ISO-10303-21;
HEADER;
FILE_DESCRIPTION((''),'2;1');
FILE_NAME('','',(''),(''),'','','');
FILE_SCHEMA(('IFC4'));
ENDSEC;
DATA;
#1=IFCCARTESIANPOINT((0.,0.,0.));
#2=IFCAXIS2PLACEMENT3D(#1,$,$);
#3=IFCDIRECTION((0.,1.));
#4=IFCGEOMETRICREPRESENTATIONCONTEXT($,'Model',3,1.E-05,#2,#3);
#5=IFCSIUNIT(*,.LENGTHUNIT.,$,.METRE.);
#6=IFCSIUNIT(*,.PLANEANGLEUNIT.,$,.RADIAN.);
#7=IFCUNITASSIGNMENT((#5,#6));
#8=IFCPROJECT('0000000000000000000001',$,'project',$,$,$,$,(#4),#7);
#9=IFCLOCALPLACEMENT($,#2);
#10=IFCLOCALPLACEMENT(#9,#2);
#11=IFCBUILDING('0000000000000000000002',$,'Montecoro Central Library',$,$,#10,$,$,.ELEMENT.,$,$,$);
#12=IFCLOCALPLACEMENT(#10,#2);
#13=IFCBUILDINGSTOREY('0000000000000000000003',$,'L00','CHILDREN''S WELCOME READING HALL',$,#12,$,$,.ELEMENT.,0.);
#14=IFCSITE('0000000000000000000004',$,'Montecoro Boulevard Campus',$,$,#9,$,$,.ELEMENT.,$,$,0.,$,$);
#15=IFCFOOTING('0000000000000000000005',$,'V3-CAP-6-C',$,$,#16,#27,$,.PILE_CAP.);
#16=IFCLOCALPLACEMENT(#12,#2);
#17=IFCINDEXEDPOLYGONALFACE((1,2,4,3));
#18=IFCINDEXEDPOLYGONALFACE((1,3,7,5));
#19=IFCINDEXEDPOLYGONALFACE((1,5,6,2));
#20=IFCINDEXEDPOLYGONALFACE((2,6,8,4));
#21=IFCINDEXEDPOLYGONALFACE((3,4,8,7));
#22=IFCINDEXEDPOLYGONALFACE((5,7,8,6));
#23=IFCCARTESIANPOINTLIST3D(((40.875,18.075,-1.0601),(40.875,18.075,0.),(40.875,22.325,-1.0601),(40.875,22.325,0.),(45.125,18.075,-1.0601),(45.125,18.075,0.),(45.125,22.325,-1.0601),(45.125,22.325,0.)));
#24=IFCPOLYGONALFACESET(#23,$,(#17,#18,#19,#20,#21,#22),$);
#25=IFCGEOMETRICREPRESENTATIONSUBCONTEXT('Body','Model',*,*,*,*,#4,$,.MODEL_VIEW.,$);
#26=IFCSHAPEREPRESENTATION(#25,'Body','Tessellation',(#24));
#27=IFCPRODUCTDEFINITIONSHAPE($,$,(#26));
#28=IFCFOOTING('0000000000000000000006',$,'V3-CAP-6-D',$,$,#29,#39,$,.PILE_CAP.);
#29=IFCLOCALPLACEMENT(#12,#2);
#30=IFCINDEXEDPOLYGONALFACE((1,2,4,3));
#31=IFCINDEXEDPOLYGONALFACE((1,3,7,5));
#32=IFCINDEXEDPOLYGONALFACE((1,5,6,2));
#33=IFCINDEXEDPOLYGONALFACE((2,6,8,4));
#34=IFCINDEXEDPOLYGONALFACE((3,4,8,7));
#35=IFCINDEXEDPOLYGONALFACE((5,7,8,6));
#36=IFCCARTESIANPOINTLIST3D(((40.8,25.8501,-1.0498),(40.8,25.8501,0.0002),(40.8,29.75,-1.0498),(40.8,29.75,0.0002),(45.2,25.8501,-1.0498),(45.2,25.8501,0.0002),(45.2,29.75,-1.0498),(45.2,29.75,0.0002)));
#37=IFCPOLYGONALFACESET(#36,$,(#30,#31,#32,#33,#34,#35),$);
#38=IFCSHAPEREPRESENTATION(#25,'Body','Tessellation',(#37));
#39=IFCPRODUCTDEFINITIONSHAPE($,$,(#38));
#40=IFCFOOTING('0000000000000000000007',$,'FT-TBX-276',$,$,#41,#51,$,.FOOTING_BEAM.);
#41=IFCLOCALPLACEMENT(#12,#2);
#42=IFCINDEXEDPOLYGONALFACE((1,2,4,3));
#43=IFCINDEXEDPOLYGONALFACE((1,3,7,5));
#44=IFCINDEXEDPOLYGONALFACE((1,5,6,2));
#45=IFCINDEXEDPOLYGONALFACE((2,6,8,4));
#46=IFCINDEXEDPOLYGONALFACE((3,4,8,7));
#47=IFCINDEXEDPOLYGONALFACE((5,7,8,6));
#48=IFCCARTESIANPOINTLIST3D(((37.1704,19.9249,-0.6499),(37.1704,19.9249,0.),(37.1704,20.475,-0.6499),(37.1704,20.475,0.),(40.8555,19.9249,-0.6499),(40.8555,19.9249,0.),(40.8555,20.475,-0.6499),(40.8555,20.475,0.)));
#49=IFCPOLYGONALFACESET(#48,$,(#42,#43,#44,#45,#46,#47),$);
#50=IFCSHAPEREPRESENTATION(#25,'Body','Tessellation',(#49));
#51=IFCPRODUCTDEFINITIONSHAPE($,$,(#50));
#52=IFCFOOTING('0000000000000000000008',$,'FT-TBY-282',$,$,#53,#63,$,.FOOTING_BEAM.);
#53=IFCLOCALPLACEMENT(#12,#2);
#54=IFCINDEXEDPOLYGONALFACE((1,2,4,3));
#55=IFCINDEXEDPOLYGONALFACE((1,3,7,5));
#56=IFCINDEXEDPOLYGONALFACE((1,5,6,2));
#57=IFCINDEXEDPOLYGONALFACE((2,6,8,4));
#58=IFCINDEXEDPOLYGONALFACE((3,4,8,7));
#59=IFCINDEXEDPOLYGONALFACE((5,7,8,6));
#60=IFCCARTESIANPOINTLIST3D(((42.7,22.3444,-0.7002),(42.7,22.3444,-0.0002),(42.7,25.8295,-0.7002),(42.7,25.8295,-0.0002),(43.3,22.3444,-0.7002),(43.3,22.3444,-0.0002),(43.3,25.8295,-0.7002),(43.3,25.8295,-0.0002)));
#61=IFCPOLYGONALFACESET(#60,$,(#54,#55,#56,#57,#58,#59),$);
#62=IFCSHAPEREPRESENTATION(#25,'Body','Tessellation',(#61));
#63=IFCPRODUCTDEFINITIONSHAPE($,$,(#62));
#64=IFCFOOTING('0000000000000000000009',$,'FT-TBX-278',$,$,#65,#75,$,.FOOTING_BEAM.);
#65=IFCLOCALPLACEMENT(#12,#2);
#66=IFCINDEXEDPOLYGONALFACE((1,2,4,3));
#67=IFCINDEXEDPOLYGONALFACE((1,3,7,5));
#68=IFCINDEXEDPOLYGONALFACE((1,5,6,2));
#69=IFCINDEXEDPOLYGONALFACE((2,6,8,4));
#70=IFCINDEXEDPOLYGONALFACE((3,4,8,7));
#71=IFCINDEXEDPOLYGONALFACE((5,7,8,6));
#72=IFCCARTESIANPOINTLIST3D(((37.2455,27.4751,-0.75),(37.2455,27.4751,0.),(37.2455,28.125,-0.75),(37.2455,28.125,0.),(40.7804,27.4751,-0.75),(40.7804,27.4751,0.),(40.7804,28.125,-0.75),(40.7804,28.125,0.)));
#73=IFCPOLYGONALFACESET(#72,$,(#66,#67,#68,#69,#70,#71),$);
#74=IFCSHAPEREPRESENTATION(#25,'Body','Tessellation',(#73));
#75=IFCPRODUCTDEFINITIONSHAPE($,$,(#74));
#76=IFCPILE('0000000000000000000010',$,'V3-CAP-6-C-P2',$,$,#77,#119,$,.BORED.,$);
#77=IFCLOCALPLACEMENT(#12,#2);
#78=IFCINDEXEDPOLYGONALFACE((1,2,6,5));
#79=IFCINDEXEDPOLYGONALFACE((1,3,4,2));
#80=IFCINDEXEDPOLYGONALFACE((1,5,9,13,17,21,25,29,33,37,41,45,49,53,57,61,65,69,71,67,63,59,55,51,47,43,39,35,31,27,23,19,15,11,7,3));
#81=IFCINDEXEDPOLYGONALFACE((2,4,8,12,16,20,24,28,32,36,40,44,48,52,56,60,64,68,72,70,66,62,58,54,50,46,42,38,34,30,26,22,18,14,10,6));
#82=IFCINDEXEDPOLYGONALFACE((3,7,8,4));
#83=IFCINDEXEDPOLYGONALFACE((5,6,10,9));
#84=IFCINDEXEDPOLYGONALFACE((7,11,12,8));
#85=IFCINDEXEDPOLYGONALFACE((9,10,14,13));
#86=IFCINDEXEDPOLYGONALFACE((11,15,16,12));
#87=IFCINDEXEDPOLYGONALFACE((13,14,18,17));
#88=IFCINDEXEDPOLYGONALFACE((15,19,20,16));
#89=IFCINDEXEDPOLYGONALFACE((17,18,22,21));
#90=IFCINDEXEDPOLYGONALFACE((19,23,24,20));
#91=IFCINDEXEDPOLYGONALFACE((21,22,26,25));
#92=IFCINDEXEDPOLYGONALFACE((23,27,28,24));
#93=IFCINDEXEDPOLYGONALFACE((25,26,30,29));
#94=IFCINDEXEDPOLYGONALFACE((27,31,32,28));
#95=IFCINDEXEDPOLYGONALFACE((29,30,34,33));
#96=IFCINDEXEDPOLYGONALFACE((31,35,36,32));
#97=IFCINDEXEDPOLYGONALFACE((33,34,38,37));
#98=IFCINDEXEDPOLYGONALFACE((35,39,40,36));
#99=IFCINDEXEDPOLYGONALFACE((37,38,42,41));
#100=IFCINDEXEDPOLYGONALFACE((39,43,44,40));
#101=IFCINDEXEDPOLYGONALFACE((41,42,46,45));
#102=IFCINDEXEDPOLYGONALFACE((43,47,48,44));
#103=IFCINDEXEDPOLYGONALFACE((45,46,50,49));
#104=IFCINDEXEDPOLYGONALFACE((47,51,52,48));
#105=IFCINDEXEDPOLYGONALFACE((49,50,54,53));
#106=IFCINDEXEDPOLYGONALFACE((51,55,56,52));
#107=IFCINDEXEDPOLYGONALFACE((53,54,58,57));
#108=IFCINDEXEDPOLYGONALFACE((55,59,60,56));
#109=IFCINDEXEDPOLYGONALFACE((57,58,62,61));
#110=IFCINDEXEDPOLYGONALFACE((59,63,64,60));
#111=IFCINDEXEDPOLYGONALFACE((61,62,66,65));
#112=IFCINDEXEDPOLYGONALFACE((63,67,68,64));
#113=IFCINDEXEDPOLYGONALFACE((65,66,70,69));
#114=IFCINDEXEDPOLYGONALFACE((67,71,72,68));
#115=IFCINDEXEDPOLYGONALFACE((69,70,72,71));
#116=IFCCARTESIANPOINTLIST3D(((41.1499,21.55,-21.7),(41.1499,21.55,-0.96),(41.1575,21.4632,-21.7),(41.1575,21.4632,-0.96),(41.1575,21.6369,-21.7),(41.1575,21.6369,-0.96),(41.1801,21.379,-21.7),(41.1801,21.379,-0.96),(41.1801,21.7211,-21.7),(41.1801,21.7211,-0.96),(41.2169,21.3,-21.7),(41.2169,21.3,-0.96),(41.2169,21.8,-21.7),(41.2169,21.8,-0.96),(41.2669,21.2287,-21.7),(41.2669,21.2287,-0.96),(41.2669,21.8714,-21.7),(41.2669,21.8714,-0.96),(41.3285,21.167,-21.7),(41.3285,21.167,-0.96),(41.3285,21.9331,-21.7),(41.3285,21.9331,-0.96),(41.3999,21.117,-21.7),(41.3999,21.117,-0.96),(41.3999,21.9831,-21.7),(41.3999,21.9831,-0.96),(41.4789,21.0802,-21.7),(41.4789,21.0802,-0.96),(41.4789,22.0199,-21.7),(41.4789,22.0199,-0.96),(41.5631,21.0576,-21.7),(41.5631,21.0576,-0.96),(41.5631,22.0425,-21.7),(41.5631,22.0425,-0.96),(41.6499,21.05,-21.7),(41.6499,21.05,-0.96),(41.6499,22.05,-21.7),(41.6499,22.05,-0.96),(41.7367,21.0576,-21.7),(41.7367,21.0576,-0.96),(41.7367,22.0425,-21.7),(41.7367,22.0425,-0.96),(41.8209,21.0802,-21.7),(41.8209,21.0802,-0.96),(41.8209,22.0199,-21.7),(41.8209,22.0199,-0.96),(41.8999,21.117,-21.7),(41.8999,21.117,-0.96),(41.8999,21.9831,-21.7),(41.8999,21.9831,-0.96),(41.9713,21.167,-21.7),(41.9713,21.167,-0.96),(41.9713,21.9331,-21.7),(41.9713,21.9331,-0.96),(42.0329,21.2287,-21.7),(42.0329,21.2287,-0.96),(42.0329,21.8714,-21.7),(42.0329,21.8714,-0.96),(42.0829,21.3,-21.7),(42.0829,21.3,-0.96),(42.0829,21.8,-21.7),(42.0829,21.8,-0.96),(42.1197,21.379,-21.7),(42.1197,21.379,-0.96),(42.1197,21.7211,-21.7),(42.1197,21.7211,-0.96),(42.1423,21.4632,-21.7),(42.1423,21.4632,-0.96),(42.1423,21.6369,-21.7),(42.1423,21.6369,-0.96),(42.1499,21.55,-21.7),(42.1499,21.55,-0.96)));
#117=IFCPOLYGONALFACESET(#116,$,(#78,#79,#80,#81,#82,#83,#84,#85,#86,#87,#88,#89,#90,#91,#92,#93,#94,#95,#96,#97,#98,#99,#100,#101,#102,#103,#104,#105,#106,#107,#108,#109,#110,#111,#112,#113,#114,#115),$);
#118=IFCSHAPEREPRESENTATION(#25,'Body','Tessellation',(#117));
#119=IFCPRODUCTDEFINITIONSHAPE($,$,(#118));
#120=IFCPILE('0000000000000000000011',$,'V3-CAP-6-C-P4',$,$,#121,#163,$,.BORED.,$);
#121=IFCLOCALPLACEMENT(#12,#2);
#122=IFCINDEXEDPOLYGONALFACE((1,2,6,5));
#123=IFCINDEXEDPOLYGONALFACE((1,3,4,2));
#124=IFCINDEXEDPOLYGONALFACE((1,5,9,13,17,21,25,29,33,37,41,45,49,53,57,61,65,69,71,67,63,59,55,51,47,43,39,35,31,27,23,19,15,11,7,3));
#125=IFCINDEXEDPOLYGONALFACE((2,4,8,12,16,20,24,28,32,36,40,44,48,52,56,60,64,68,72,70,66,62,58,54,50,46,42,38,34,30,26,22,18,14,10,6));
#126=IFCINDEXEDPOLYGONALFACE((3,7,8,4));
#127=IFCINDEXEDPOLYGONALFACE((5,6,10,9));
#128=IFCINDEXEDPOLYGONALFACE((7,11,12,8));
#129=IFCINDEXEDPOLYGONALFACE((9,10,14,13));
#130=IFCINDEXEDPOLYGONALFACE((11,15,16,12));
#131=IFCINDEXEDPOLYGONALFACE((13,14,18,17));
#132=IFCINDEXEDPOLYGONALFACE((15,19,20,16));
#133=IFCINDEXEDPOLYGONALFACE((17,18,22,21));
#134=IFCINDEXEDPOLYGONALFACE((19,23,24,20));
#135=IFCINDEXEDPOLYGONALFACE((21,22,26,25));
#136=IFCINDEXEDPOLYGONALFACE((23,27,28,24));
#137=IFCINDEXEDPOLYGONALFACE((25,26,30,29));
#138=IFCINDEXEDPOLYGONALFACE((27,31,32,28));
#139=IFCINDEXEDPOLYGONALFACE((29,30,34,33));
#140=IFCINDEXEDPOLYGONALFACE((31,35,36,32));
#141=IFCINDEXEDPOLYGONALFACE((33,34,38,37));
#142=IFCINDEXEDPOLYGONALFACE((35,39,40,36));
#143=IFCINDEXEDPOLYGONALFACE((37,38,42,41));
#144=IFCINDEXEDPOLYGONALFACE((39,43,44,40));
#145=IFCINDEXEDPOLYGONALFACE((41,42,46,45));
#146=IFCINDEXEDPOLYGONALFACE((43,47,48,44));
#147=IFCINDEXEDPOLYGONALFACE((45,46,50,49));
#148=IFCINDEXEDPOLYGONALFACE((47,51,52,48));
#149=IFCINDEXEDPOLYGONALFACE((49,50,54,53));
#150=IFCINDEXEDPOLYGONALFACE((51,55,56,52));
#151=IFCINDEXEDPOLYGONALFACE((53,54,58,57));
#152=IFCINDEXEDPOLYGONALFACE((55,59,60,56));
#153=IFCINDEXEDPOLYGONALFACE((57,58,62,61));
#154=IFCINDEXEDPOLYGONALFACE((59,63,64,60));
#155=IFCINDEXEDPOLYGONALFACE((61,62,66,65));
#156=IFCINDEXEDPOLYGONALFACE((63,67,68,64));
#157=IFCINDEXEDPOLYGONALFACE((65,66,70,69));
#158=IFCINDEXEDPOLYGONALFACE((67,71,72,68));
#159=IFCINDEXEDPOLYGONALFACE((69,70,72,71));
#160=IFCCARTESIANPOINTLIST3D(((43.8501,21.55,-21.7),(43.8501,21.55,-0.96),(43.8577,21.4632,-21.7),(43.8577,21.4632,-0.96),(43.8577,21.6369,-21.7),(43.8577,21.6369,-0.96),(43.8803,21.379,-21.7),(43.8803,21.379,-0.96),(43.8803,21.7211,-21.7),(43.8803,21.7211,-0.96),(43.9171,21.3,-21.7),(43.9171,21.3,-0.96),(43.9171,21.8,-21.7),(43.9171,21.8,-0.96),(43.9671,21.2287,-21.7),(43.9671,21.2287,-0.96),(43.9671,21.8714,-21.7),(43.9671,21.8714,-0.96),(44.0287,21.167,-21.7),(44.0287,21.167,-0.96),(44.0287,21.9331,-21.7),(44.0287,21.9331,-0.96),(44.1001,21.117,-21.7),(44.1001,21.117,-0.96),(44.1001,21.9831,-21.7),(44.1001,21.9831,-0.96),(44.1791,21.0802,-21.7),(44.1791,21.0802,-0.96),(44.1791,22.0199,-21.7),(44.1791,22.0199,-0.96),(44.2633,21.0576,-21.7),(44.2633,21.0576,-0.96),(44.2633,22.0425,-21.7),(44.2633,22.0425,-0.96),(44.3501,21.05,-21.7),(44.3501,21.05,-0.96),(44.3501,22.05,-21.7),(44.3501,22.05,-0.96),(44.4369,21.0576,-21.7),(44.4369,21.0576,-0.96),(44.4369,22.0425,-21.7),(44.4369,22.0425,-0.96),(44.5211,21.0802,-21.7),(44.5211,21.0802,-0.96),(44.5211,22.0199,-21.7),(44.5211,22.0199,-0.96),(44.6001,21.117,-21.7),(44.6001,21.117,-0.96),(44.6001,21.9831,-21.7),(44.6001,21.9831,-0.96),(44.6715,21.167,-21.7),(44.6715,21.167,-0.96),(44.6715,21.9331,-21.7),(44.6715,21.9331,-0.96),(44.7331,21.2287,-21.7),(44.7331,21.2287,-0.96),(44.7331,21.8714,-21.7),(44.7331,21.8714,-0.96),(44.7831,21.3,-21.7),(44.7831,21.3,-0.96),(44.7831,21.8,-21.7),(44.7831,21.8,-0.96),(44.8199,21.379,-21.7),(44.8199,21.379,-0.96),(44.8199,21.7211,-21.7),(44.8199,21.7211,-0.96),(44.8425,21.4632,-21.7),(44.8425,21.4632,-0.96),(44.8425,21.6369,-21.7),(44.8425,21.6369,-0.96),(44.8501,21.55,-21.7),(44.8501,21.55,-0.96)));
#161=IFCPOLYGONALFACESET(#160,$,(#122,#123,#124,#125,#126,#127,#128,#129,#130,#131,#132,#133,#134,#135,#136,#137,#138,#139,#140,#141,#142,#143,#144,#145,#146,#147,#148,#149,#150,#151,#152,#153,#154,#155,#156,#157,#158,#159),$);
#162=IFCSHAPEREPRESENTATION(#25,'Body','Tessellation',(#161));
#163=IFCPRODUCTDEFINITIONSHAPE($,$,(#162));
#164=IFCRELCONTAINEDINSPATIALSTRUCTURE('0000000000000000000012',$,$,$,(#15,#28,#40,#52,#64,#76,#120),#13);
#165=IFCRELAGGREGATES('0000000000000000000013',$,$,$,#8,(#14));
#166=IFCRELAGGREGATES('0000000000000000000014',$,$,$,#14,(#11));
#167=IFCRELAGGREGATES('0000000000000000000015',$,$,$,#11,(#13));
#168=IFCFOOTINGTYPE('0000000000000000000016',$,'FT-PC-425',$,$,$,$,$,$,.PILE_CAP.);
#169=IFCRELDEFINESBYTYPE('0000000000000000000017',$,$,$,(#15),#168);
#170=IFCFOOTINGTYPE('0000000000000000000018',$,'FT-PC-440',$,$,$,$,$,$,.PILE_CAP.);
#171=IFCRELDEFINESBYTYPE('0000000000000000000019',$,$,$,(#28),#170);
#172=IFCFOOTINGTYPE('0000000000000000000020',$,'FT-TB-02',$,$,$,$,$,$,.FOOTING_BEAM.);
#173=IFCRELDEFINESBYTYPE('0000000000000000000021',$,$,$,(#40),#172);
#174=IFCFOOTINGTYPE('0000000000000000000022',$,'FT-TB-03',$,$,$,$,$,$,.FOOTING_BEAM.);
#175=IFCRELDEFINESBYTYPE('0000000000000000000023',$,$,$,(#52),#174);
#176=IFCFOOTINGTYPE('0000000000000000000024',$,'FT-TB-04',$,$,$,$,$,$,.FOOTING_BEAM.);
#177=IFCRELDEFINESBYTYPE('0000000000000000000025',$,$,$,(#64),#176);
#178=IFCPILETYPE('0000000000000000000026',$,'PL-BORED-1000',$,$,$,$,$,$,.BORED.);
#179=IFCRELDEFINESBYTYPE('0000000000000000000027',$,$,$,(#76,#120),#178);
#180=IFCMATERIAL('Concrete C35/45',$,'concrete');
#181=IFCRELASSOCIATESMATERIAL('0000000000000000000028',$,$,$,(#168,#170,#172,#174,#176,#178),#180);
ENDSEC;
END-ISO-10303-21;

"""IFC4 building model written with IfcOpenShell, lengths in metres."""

from ifc_helpers import new_model, si_unit, direction, frame, origin, origin_2d, place, context, subcontext, project, spatial, rectangle, circle, extrude, material, material_profile, profile_set, type_object, element, save


model = new_model("IFC4")

# Units and contexts
model_context = context("Model", 3, precision=1e-05, world=origin(), true_north=direction((0.0, 1.0)))
body_context = subcontext(model_context, "Body", "Model", "MODEL_VIEW")
ifc_project = project(units=[si_unit("LENGTHUNIT", "METRE"), si_unit("PLANEANGLEUNIT", "RADIAN")], contexts=[model_context])

# Site, building, storey
site_placement = place(None, origin())
site = spatial("IfcSite", under=ifc_project, at=site_placement, Name="Montecoro Boulevard Campus", CompositionType="ELEMENT", RefElevation=0.0)
building_placement = place(site_placement, origin())
building = spatial("IfcBuilding", under=site, at=building_placement, Name="Montecoro Central Library", CompositionType="ELEMENT")
storey_placement = place(building_placement, origin())
storey = spatial("IfcBuildingStorey", under=building, at=storey_placement, Name="L00", Description="CHILDREN'S WELCOME READING HALL", CompositionType="ELEMENT", Elevation=0.0)

# Footings
ifc_material_1 = material(Name="Concrete C35/45", Category="concrete")
footing_type_1 = type_object("IfcFootingType", Name="FT-PC-425", PredefinedType="PILE_CAP", material=ifc_material_1)
footing_1_placement = place(storey_placement, frame((43.0, 20.2, -1.0601), z_axis=(0.0, 0.0, 1.0), x_axis=(1.0, 0.0, 0.0)))
element("IfcFooting", 1, at=footing_1_placement, inside=storey, type_object=footing_type_1, Name="V3-CAP-6-C", PredefinedType="PILE_CAP", context=body_context, shape_type="SweptSolid", body=[
    extrude(rectangle(XDim=4.25, YDim=4.25, at=origin_2d()), origin(), (0.0, 0.0, 1.0), 1.0601),
])
footing_type_2 = type_object("IfcFootingType", Name="FT-PC-440", PredefinedType="PILE_CAP", material=ifc_material_1)
footing_2_placement = place(storey_placement, frame((43.0, 27.8, -1.0498), z_axis=(0.0, 0.0, 1.0), x_axis=(1.0, 0.0, 0.0)))
element("IfcFooting", 2, at=footing_2_placement, inside=storey, type_object=footing_type_2, Name="V3-CAP-6-D", PredefinedType="PILE_CAP", context=body_context, shape_type="SweptSolid", body=[
    extrude(rectangle(XDim=4.3999, YDim=3.8999, at=origin_2d()), origin(), (0.0, 0.0, 1.0), 1.05),
])
footing_type_3 = type_object("IfcFootingType", Name="FT-TB-02", PredefinedType="FOOTING_BEAM", material=ifc_material_1)
footing_3_placement = place(storey_placement, frame((39.0129, 20.2, -0.6499), z_axis=(0.0, 0.0, 1.0), x_axis=(1.0, 0.0, 0.0)))
element("IfcFooting", 3, at=footing_3_placement, inside=storey, type_object=footing_type_3, Name="FT-TBX-276", PredefinedType="FOOTING_BEAM", context=body_context, shape_type="SweptSolid", body=[
    extrude(rectangle(XDim=3.6851, YDim=0.55, at=origin_2d()), origin(), (0.0, 0.0, 1.0), 0.6499),
])
footing_type_4 = type_object("IfcFootingType", Name="FT-TB-03", PredefinedType="FOOTING_BEAM", material=ifc_material_1)
footing_4_placement = place(storey_placement, frame((43.0, 24.0869, -0.7002), z_axis=(0.0, 0.0, 1.0), x_axis=(1.0, 0.0, 0.0)))
element("IfcFooting", 4, at=footing_4_placement, inside=storey, type_object=footing_type_4, Name="FT-TBY-282", PredefinedType="FOOTING_BEAM", context=body_context, shape_type="SweptSolid", body=[
    extrude(rectangle(XDim=0.6001, YDim=3.4851, at=origin_2d()), origin(), (0.0, 0.0, 1.0), 0.7),
])
footing_type_5 = type_object("IfcFootingType", Name="FT-TB-04", PredefinedType="FOOTING_BEAM", material=ifc_material_1)
footing_5_placement = place(storey_placement, frame((39.0129, 27.8, -0.75), z_axis=(0.0, 0.0, 1.0), x_axis=(1.0, 0.0, 0.0)))
element("IfcFooting", 5, at=footing_5_placement, inside=storey, type_object=footing_type_5, Name="FT-TBX-278", PredefinedType="FOOTING_BEAM", context=body_context, shape_type="SweptSolid", body=[
    extrude(rectangle(XDim=3.5349, YDim=0.6499, at=origin_2d()), origin(), (0.0, 0.0, 1.0), 0.75),
])

# Piles
ifc_material_profile_1 = material_profile(ifc_material_1, circle(Radius=0.5, at=origin_2d()), Name="PILE D1000")
ifc_profile_set_1 = profile_set([ifc_material_profile_1], Name="Concrete C35/45")
pile_type_1 = type_object("IfcPileType", Name="PL-BORED-1000", PredefinedType="BORED", material=ifc_profile_set_1)
for number, where, z_axis, x_axis, name in (
    (6, (41.6499, 21.55, -0.96), (0.0, 0.0, -1.0), (1.0, 0.0, 0.0), "V3-CAP-6-C-P2"),
    (7, (44.3501, 21.55, -0.96), (0.0, 0.0, -1.0), (1.0, 0.0, 0.0), "V3-CAP-6-C-P4"),
):
    element("IfcPile", number, at=place(storey_placement, frame(where, z_axis=z_axis, x_axis=x_axis)), inside=storey, type_object=pile_type_1, Name=name, PredefinedType="BORED", context=body_context, shape_type="SweptSolid", body=[
        extrude(circle(Radius=0.5, at=origin_2d()), origin(), (0.0, 0.0, 1.0), 20.74),
    ])

save(model, "model.ifc")
